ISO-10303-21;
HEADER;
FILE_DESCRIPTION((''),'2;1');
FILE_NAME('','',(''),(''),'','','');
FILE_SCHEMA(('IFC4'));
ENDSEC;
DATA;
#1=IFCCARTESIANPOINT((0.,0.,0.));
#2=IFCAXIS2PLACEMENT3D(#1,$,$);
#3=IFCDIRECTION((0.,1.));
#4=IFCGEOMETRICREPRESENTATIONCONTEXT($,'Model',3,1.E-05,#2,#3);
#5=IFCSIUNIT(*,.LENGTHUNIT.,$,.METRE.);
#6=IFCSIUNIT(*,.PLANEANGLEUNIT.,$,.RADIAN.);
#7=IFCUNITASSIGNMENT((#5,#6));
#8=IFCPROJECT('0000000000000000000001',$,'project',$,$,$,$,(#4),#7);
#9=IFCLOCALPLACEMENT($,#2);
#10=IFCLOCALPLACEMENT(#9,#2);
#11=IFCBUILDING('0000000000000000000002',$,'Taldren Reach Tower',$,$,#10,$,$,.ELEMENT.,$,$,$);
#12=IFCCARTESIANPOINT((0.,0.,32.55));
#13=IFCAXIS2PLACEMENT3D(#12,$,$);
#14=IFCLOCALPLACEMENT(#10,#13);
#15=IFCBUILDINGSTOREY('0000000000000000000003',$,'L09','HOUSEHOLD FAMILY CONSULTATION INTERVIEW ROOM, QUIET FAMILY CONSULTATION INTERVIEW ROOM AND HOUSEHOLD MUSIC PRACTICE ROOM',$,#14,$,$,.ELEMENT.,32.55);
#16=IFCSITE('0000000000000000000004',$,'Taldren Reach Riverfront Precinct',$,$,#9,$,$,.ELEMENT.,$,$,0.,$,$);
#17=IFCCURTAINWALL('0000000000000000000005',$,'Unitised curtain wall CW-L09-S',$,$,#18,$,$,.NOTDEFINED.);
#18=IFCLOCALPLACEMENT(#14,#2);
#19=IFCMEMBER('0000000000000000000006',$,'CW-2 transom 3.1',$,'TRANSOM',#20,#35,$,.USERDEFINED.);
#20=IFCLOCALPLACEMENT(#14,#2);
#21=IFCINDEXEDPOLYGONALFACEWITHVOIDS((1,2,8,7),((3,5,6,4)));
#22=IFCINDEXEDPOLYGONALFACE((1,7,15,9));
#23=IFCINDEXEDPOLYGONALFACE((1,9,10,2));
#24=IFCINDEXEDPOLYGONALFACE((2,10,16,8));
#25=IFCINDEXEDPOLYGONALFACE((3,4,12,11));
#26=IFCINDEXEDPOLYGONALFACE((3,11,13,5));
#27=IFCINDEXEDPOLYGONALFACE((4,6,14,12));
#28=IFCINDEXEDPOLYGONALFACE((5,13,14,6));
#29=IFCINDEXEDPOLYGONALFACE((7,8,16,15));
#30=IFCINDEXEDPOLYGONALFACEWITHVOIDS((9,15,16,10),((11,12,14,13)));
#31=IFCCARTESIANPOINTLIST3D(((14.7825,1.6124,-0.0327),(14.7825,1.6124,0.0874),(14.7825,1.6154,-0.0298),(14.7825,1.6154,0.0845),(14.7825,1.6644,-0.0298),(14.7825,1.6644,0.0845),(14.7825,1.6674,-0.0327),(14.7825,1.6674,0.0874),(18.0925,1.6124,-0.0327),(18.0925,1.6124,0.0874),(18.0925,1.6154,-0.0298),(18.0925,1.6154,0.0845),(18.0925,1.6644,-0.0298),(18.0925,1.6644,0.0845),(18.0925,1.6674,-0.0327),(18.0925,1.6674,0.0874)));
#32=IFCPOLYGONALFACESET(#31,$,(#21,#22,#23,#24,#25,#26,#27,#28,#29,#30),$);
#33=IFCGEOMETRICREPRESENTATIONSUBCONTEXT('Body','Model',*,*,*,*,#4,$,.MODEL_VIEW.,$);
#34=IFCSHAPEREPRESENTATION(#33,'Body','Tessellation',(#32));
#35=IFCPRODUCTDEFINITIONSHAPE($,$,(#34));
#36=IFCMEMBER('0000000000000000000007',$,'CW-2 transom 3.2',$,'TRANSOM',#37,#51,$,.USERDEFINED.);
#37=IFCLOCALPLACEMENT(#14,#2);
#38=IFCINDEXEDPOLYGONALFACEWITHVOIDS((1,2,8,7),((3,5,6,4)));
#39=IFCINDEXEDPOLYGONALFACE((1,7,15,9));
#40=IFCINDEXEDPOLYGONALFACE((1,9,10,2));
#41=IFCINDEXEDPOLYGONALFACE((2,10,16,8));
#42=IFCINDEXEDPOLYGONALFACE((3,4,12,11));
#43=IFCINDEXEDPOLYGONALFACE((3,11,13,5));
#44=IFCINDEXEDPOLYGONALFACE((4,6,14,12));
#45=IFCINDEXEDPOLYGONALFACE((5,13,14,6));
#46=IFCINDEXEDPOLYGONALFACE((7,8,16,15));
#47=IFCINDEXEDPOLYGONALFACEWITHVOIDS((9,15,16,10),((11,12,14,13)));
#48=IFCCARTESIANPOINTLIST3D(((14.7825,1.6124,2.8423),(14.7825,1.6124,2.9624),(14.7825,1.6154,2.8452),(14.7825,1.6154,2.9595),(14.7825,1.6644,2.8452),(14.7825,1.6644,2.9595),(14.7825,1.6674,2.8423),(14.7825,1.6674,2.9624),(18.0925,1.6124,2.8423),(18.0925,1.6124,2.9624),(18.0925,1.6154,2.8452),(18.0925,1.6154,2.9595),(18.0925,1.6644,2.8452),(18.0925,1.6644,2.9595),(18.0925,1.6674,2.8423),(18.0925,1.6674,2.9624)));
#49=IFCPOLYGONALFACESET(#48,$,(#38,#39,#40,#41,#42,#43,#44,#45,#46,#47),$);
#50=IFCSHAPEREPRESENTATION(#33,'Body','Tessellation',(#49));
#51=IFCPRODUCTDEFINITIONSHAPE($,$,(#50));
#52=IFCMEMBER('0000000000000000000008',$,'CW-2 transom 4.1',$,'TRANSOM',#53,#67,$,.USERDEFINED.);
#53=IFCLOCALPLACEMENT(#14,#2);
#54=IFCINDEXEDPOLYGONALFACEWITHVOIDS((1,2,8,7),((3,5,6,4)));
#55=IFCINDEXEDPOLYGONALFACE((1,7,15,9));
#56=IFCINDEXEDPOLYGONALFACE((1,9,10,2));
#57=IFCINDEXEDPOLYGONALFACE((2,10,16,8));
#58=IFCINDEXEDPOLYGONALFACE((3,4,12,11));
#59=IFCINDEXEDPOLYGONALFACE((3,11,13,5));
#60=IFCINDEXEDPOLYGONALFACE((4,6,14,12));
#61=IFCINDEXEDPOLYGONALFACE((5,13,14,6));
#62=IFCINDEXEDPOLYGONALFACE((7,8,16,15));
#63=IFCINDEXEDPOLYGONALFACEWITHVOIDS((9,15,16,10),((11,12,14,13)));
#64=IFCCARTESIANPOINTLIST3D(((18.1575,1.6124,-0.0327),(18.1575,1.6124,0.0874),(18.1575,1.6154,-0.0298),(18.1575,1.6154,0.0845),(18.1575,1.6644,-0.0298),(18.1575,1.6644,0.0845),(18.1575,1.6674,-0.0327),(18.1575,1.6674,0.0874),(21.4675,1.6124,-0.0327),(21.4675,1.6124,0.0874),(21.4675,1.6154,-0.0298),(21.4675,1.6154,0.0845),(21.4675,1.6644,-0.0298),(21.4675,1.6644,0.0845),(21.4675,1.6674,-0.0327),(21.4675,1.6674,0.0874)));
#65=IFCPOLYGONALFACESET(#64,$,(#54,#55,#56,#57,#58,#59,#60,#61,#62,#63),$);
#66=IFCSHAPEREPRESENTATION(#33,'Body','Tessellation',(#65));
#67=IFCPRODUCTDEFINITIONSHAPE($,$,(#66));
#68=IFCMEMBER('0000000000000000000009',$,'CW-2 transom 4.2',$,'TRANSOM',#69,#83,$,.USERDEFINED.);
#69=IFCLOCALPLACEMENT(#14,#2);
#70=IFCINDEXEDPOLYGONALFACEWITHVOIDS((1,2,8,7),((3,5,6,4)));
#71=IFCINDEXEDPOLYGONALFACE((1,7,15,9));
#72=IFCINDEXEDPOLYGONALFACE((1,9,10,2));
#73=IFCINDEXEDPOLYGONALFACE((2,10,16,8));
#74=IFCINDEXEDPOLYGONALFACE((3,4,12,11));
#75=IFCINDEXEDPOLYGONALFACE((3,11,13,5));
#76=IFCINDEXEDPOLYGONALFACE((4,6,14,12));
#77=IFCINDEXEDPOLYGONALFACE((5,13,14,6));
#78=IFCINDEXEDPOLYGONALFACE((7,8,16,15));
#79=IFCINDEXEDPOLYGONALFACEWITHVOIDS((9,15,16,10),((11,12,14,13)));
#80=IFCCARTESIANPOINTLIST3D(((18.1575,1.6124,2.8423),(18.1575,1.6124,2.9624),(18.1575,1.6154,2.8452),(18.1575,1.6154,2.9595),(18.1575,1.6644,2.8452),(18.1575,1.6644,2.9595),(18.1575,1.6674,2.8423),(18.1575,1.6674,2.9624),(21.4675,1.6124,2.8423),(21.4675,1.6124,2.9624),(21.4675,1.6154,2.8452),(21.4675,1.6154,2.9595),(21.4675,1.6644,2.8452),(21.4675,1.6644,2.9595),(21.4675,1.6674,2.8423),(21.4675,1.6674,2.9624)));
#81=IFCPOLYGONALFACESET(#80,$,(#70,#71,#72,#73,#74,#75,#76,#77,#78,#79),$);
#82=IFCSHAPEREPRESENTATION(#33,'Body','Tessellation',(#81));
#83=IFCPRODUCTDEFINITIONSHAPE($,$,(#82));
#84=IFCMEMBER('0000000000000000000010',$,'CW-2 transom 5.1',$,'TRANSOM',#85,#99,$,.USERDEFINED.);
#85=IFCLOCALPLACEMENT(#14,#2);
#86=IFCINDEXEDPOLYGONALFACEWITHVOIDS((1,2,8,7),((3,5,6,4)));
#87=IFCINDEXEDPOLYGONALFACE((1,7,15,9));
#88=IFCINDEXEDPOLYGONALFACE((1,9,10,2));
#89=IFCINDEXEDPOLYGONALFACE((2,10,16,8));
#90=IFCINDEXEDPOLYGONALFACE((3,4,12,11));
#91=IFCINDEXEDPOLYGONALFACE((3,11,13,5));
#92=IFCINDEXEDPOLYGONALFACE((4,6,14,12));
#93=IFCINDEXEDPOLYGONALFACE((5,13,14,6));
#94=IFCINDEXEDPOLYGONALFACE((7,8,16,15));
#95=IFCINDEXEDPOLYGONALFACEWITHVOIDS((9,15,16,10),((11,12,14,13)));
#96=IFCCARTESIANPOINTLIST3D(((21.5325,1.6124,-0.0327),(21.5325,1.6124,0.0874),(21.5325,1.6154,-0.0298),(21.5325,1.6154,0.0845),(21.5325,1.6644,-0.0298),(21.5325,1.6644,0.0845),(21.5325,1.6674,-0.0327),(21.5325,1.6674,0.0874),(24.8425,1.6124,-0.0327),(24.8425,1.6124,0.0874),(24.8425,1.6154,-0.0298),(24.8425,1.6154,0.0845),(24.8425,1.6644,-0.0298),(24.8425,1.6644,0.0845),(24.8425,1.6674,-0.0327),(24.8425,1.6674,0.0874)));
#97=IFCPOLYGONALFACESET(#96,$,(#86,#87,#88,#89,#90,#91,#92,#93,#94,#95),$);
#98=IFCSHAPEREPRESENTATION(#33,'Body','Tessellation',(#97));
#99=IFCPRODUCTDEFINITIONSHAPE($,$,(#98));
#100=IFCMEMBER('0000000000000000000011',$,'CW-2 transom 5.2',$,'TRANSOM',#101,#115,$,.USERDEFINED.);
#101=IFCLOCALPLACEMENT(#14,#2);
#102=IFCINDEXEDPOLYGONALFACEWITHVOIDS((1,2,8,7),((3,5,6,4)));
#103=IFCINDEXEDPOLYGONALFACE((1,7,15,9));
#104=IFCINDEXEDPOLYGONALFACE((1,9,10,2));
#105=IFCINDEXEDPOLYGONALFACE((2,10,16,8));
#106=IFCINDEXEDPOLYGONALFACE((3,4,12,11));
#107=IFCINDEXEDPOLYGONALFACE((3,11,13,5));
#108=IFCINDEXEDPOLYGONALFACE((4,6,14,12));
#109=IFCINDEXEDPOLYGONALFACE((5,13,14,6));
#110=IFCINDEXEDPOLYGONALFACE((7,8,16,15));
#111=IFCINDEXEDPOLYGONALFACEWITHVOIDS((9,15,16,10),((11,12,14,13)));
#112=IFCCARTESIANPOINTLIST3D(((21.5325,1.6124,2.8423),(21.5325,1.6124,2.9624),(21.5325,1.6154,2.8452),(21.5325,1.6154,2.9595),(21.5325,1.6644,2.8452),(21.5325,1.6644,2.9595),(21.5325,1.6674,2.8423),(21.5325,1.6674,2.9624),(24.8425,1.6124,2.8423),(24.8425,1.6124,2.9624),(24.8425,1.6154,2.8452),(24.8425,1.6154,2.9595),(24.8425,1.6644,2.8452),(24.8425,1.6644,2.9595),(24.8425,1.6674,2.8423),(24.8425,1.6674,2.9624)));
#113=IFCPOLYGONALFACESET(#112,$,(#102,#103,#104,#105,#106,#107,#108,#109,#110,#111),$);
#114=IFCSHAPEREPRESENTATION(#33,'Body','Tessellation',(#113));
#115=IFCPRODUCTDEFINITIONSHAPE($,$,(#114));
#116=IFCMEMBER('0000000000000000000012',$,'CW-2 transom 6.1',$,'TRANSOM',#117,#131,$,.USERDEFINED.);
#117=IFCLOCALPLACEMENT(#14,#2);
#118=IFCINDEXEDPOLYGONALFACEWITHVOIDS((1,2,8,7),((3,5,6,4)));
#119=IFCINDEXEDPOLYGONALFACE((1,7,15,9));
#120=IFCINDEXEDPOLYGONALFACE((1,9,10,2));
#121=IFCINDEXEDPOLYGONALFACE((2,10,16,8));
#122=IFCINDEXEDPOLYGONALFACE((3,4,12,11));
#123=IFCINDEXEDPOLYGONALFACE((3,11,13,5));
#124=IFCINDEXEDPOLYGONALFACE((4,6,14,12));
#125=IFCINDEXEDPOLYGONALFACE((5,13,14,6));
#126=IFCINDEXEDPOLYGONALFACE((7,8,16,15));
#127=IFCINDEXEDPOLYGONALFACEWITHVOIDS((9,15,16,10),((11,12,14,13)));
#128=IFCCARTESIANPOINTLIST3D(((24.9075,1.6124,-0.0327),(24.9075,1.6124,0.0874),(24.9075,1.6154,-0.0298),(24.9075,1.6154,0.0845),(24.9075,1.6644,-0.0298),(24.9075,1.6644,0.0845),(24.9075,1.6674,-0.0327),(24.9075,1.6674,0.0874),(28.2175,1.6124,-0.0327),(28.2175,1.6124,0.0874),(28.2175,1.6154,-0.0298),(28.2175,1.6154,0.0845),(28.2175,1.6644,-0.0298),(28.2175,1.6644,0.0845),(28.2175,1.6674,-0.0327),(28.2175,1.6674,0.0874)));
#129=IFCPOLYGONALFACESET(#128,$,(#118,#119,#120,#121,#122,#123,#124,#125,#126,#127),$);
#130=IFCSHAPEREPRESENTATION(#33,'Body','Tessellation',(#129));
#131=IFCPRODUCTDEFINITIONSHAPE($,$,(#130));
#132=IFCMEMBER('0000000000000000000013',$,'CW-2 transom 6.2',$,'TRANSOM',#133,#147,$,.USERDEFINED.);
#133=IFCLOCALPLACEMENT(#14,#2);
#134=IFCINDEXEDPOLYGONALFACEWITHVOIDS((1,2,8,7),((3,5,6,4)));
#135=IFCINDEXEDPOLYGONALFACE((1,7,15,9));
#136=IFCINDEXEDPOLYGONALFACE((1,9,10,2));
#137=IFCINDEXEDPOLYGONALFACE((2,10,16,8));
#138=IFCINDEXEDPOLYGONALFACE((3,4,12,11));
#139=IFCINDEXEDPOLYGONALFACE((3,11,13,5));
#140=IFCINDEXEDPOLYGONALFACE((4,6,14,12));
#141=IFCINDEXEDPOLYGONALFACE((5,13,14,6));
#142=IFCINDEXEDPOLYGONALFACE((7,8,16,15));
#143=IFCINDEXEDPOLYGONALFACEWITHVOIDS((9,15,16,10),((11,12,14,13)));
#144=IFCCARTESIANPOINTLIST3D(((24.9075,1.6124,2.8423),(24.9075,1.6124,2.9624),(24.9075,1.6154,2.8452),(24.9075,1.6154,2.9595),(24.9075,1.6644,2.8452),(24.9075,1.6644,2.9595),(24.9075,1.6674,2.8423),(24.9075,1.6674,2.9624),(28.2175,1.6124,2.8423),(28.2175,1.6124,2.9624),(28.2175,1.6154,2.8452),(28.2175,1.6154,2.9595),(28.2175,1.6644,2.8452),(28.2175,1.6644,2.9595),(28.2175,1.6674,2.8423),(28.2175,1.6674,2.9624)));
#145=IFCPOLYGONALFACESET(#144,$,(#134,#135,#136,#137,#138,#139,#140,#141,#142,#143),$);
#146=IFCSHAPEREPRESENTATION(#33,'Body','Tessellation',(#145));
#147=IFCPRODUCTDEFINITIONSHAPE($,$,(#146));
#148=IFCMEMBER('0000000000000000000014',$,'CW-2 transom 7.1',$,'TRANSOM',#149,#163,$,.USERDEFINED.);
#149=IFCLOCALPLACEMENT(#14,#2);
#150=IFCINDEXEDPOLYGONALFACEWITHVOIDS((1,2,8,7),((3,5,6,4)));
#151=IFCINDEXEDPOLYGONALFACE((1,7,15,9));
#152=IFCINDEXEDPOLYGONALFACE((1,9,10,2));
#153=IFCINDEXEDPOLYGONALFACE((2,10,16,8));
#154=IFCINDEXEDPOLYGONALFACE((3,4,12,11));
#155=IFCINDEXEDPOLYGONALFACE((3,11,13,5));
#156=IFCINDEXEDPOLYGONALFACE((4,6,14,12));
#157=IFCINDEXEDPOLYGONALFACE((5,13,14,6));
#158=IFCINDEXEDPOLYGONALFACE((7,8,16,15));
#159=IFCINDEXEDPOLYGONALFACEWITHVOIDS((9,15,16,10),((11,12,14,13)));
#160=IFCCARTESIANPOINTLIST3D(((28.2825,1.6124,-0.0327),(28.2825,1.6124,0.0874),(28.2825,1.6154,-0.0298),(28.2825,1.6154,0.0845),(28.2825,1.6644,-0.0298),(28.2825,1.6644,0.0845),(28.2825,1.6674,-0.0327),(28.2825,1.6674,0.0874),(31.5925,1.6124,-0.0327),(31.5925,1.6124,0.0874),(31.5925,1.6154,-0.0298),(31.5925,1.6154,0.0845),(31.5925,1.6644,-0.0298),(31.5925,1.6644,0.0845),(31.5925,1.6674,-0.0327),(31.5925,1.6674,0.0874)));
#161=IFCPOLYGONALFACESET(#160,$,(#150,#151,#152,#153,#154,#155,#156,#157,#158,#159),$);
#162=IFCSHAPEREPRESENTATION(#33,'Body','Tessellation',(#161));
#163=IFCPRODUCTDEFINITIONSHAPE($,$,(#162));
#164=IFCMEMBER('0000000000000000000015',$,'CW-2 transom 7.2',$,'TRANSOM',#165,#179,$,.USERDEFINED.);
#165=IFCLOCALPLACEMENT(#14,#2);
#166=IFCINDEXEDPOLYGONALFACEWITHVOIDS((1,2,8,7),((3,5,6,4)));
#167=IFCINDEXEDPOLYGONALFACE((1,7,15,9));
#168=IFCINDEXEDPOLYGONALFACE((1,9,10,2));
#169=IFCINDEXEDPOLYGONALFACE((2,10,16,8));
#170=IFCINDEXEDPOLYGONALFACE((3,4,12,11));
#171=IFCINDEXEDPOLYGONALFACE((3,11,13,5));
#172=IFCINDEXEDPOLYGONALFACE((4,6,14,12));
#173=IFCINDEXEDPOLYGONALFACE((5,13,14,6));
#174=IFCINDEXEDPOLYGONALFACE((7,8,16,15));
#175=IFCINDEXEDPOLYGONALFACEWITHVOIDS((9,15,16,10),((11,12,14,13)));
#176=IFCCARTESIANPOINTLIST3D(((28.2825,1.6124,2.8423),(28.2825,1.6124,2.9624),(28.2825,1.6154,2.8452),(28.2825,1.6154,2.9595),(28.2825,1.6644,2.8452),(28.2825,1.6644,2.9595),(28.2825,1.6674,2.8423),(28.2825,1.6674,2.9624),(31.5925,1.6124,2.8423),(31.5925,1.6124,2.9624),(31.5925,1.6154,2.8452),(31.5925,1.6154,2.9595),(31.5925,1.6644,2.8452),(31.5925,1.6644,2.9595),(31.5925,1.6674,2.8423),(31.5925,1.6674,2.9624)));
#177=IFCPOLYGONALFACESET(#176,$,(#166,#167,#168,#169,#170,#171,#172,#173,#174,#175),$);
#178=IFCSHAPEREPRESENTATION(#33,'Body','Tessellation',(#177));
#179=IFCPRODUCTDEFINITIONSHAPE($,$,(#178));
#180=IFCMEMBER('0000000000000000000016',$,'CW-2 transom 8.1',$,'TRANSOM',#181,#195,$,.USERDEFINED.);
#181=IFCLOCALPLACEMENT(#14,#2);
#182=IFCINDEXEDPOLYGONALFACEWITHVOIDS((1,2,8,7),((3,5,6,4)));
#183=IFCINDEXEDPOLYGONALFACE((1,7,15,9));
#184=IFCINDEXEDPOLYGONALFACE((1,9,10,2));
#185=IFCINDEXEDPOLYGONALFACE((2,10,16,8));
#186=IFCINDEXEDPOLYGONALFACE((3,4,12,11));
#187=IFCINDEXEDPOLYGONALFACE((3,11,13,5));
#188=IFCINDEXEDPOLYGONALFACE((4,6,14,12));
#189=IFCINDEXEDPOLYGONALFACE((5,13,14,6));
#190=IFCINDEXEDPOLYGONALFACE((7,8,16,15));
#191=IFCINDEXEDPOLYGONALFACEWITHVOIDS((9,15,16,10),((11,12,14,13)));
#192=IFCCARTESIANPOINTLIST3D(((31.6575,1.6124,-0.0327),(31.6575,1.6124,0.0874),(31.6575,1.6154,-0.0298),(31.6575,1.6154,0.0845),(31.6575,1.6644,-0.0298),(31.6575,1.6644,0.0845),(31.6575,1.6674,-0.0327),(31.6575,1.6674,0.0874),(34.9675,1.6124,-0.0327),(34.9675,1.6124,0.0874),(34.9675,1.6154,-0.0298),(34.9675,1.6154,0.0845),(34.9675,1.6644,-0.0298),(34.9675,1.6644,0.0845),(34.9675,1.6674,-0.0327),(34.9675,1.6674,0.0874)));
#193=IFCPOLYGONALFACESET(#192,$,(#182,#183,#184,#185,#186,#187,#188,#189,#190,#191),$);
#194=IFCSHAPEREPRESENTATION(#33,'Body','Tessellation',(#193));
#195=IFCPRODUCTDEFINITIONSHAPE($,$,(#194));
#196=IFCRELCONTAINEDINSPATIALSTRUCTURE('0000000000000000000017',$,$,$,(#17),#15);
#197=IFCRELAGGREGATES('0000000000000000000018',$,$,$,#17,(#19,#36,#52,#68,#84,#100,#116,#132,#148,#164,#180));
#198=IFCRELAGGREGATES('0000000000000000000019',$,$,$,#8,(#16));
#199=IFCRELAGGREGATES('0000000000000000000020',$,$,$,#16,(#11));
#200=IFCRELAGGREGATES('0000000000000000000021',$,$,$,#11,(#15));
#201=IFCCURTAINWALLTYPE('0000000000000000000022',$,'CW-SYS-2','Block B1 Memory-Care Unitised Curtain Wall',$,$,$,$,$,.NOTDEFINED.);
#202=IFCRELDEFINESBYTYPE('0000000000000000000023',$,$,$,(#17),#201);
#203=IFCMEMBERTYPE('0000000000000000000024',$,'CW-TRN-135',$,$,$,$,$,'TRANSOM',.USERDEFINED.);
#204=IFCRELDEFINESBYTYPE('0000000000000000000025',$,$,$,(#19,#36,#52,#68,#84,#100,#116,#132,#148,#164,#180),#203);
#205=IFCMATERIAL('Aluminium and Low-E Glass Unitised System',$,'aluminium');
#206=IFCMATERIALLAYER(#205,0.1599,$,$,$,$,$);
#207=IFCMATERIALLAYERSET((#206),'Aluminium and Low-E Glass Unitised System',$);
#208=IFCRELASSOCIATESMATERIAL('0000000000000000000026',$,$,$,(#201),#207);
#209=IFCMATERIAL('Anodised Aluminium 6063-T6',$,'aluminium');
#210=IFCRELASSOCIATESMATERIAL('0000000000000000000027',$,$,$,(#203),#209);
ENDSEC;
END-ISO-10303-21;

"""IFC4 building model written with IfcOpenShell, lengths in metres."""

from ifc_helpers import new_model, si_unit, direction, frame, origin, origin_2d, place, context, subcontext, project, spatial, hollow_rectangle, extrude, source, transform, mapped, material, layer, layer_set, material_profile, profile_set, type_object, element, aggregate, save


model = new_model("IFC4")

# Units and contexts
model_context = context("Model", 3, precision=1e-05, world=origin(), true_north=direction((0.0, 1.0)))
body_context = subcontext(model_context, "Body", "Model", "MODEL_VIEW")
ifc_project = project(units=[si_unit("LENGTHUNIT", "METRE"), si_unit("PLANEANGLEUNIT", "RADIAN")], contexts=[model_context])

# Site, building, storey
site_placement = place(None, origin())
site = spatial("IfcSite", under=ifc_project, at=site_placement, Name="Taldren Reach Riverfront Precinct", CompositionType="ELEMENT", RefElevation=0.0)
building_placement = place(site_placement, origin())
building = spatial("IfcBuilding", under=site, at=building_placement, Name="Taldren Reach Tower", CompositionType="ELEMENT")
storey_placement = place(building_placement, frame((0.0, 0.0, 32.55)))
storey = spatial("IfcBuildingStorey", under=building, at=storey_placement, Name="L09", Description="HOUSEHOLD FAMILY CONSULTATION INTERVIEW ROOM, QUIET FAMILY CONSULTATION INTERVIEW ROOM AND HOUSEHOLD MUSIC PRACTICE ROOM", CompositionType="ELEMENT", Elevation=32.55)

# Curtain wall, members
ifc_material_1 = material(Name="Aluminium and Low-E Glass Unitised System", Category="aluminium")
ifc_layer_1 = layer(ifc_material_1, 0.1599)
ifc_layer_set_1 = layer_set([ifc_layer_1], Name="Aluminium and Low-E Glass Unitised System")
curtain_wall_type = type_object("IfcCurtainWallType", Name="CW-SYS-2", Description="Block B1 Memory-Care Unitised Curtain Wall", PredefinedType="NOTDEFINED", material=ifc_layer_set_1)
curtain_wall_placement = place(storey_placement, origin())
curtain_wall = element("IfcCurtainWall", 1, at=curtain_wall_placement, inside=storey, type_object=curtain_wall_type, Name="Unitised curtain wall CW-L09-S", PredefinedType="NOTDEFINED")
ifc_material_2 = material(Name="Anodised Aluminium 6063-T6", Category="aluminium")
ifc_material_profile_1 = material_profile(ifc_material_2, hollow_rectangle(XDim=0.0549, YDim=0.1201, WallThickness=0.0029, at=origin_2d()), Name="ALU-120x55x3RHS")
ifc_profile_set_1 = profile_set([ifc_material_profile_1], Name="Anodised Aluminium 6063-T6")
member_type_1 = type_object("IfcMemberType", Name="CW-TRN-135", ElementType="TRANSOM", PredefinedType="USERDEFINED", material=ifc_profile_set_1)
shared_shape_1 = source(origin(), body_context, "Body", "SweptSolid", [
    extrude(hollow_rectangle(XDim=0.0549, YDim=0.1201, WallThickness=0.0029, at=origin_2d()), origin(), (0.0, 0.0, 1.0), 3.3101),
])
member_1_placement = place(storey_placement, frame((14.7825, 1.6399, 0.0273), z_axis=(1.0, 0.0, 0.0), x_axis=(0.0, 1.0, 0.0)))
member_1 = element("IfcMember", 2, at=member_1_placement, type_object=member_type_1, Name="CW-2 transom 3.1", ObjectType="TRANSOM", PredefinedType="USERDEFINED", context=body_context, shape_type="MappedRepresentation", body=[
    mapped(shared_shape_1, transform((0.0, 0.0, 0.0), scale=1.0)),
])
member_2_placement = place(storey_placement, frame((14.7825, 1.6399, 2.9023), z_axis=(1.0, 0.0, 0.0), x_axis=(0.0, 1.0, 0.0)))
member_2 = element("IfcMember", 3, at=member_2_placement, type_object=member_type_1, Name="CW-2 transom 3.2", ObjectType="TRANSOM", PredefinedType="USERDEFINED", context=body_context, shape_type="MappedRepresentation", body=[
    mapped(shared_shape_1, transform((0.0, 0.0, 0.0), scale=1.0)),
])
member_3_placement = place(storey_placement, frame((18.1575, 1.6399, 0.0273), z_axis=(1.0, 0.0, 0.0), x_axis=(0.0, 1.0, 0.0)))
member_3 = element("IfcMember", 4, at=member_3_placement, type_object=member_type_1, Name="CW-2 transom 4.1", ObjectType="TRANSOM", PredefinedType="USERDEFINED", context=body_context, shape_type="MappedRepresentation", body=[
    mapped(shared_shape_1, transform((0.0, 0.0, 0.0), scale=1.0)),
])
member_4_placement = place(storey_placement, frame((18.1575, 1.6399, 2.9023), z_axis=(1.0, 0.0, 0.0), x_axis=(0.0, 1.0, 0.0)))
member_4 = element("IfcMember", 5, at=member_4_placement, type_object=member_type_1, Name="CW-2 transom 4.2", ObjectType="TRANSOM", PredefinedType="USERDEFINED", context=body_context, shape_type="MappedRepresentation", body=[
    mapped(shared_shape_1, transform((0.0, 0.0, 0.0), scale=1.0)),
])
member_5_placement = place(storey_placement, frame((21.5325, 1.6399, 0.0273), z_axis=(1.0, 0.0, 0.0), x_axis=(0.0, 1.0, 0.0)))
member_5 = element("IfcMember", 6, at=member_5_placement, type_object=member_type_1, Name="CW-2 transom 5.1", ObjectType="TRANSOM", PredefinedType="USERDEFINED", context=body_context, shape_type="MappedRepresentation", body=[
    mapped(shared_shape_1, transform((0.0, 0.0, 0.0), scale=1.0)),
])
member_6_placement = place(storey_placement, frame((21.5325, 1.6399, 2.9023), z_axis=(1.0, 0.0, 0.0), x_axis=(0.0, 1.0, 0.0)))
member_6 = element("IfcMember", 7, at=member_6_placement, type_object=member_type_1, Name="CW-2 transom 5.2", ObjectType="TRANSOM", PredefinedType="USERDEFINED", context=body_context, shape_type="MappedRepresentation", body=[
    mapped(shared_shape_1, transform((0.0, 0.0, 0.0), scale=1.0)),
])
member_7_placement = place(storey_placement, frame((24.9075, 1.6399, 0.0273), z_axis=(1.0, 0.0, 0.0), x_axis=(0.0, 1.0, 0.0)))
member_7 = element("IfcMember", 8, at=member_7_placement, type_object=member_type_1, Name="CW-2 transom 6.1", ObjectType="TRANSOM", PredefinedType="USERDEFINED", context=body_context, shape_type="MappedRepresentation", body=[
    mapped(shared_shape_1, transform((0.0, 0.0, 0.0), scale=1.0)),
])
member_8_placement = place(storey_placement, frame((24.9075, 1.6399, 2.9023), z_axis=(1.0, 0.0, 0.0), x_axis=(0.0, 1.0, 0.0)))
member_8 = element("IfcMember", 9, at=member_8_placement, type_object=member_type_1, Name="CW-2 transom 6.2", ObjectType="TRANSOM", PredefinedType="USERDEFINED", context=body_context, shape_type="MappedRepresentation", body=[
    mapped(shared_shape_1, transform((0.0, 0.0, 0.0), scale=1.0)),
])
member_9_placement = place(storey_placement, frame((28.2825, 1.6399, 0.0273), z_axis=(1.0, 0.0, 0.0), x_axis=(0.0, 1.0, 0.0)))
member_9 = element("IfcMember", 10, at=member_9_placement, type_object=member_type_1, Name="CW-2 transom 7.1", ObjectType="TRANSOM", PredefinedType="USERDEFINED", context=body_context, shape_type="MappedRepresentation", body=[
    mapped(shared_shape_1, transform((0.0, 0.0, 0.0), scale=1.0)),
])
member_10_placement = place(storey_placement, frame((28.2825, 1.6399, 2.9023), z_axis=(1.0, 0.0, 0.0), x_axis=(0.0, 1.0, 0.0)))
member_10 = element("IfcMember", 11, at=member_10_placement, type_object=member_type_1, Name="CW-2 transom 7.2", ObjectType="TRANSOM", PredefinedType="USERDEFINED", context=body_context, shape_type="MappedRepresentation", body=[
    mapped(shared_shape_1, transform((0.0, 0.0, 0.0), scale=1.0)),
])
member_11_placement = place(storey_placement, frame((31.6575, 1.6399, 0.0273), z_axis=(1.0, 0.0, 0.0), x_axis=(0.0, 1.0, 0.0)))
member_11 = element("IfcMember", 12, at=member_11_placement, type_object=member_type_1, Name="CW-2 transom 8.1", ObjectType="TRANSOM", PredefinedType="USERDEFINED", context=body_context, shape_type="MappedRepresentation", body=[
    mapped(shared_shape_1, transform((0.0, 0.0, 0.0), scale=1.0)),
])

aggregate(curtain_wall, [member_1, member_2, member_3, member_4, member_5, member_6, member_7, member_8, member_9, member_10, member_11])

save(model, "model.ifc")
